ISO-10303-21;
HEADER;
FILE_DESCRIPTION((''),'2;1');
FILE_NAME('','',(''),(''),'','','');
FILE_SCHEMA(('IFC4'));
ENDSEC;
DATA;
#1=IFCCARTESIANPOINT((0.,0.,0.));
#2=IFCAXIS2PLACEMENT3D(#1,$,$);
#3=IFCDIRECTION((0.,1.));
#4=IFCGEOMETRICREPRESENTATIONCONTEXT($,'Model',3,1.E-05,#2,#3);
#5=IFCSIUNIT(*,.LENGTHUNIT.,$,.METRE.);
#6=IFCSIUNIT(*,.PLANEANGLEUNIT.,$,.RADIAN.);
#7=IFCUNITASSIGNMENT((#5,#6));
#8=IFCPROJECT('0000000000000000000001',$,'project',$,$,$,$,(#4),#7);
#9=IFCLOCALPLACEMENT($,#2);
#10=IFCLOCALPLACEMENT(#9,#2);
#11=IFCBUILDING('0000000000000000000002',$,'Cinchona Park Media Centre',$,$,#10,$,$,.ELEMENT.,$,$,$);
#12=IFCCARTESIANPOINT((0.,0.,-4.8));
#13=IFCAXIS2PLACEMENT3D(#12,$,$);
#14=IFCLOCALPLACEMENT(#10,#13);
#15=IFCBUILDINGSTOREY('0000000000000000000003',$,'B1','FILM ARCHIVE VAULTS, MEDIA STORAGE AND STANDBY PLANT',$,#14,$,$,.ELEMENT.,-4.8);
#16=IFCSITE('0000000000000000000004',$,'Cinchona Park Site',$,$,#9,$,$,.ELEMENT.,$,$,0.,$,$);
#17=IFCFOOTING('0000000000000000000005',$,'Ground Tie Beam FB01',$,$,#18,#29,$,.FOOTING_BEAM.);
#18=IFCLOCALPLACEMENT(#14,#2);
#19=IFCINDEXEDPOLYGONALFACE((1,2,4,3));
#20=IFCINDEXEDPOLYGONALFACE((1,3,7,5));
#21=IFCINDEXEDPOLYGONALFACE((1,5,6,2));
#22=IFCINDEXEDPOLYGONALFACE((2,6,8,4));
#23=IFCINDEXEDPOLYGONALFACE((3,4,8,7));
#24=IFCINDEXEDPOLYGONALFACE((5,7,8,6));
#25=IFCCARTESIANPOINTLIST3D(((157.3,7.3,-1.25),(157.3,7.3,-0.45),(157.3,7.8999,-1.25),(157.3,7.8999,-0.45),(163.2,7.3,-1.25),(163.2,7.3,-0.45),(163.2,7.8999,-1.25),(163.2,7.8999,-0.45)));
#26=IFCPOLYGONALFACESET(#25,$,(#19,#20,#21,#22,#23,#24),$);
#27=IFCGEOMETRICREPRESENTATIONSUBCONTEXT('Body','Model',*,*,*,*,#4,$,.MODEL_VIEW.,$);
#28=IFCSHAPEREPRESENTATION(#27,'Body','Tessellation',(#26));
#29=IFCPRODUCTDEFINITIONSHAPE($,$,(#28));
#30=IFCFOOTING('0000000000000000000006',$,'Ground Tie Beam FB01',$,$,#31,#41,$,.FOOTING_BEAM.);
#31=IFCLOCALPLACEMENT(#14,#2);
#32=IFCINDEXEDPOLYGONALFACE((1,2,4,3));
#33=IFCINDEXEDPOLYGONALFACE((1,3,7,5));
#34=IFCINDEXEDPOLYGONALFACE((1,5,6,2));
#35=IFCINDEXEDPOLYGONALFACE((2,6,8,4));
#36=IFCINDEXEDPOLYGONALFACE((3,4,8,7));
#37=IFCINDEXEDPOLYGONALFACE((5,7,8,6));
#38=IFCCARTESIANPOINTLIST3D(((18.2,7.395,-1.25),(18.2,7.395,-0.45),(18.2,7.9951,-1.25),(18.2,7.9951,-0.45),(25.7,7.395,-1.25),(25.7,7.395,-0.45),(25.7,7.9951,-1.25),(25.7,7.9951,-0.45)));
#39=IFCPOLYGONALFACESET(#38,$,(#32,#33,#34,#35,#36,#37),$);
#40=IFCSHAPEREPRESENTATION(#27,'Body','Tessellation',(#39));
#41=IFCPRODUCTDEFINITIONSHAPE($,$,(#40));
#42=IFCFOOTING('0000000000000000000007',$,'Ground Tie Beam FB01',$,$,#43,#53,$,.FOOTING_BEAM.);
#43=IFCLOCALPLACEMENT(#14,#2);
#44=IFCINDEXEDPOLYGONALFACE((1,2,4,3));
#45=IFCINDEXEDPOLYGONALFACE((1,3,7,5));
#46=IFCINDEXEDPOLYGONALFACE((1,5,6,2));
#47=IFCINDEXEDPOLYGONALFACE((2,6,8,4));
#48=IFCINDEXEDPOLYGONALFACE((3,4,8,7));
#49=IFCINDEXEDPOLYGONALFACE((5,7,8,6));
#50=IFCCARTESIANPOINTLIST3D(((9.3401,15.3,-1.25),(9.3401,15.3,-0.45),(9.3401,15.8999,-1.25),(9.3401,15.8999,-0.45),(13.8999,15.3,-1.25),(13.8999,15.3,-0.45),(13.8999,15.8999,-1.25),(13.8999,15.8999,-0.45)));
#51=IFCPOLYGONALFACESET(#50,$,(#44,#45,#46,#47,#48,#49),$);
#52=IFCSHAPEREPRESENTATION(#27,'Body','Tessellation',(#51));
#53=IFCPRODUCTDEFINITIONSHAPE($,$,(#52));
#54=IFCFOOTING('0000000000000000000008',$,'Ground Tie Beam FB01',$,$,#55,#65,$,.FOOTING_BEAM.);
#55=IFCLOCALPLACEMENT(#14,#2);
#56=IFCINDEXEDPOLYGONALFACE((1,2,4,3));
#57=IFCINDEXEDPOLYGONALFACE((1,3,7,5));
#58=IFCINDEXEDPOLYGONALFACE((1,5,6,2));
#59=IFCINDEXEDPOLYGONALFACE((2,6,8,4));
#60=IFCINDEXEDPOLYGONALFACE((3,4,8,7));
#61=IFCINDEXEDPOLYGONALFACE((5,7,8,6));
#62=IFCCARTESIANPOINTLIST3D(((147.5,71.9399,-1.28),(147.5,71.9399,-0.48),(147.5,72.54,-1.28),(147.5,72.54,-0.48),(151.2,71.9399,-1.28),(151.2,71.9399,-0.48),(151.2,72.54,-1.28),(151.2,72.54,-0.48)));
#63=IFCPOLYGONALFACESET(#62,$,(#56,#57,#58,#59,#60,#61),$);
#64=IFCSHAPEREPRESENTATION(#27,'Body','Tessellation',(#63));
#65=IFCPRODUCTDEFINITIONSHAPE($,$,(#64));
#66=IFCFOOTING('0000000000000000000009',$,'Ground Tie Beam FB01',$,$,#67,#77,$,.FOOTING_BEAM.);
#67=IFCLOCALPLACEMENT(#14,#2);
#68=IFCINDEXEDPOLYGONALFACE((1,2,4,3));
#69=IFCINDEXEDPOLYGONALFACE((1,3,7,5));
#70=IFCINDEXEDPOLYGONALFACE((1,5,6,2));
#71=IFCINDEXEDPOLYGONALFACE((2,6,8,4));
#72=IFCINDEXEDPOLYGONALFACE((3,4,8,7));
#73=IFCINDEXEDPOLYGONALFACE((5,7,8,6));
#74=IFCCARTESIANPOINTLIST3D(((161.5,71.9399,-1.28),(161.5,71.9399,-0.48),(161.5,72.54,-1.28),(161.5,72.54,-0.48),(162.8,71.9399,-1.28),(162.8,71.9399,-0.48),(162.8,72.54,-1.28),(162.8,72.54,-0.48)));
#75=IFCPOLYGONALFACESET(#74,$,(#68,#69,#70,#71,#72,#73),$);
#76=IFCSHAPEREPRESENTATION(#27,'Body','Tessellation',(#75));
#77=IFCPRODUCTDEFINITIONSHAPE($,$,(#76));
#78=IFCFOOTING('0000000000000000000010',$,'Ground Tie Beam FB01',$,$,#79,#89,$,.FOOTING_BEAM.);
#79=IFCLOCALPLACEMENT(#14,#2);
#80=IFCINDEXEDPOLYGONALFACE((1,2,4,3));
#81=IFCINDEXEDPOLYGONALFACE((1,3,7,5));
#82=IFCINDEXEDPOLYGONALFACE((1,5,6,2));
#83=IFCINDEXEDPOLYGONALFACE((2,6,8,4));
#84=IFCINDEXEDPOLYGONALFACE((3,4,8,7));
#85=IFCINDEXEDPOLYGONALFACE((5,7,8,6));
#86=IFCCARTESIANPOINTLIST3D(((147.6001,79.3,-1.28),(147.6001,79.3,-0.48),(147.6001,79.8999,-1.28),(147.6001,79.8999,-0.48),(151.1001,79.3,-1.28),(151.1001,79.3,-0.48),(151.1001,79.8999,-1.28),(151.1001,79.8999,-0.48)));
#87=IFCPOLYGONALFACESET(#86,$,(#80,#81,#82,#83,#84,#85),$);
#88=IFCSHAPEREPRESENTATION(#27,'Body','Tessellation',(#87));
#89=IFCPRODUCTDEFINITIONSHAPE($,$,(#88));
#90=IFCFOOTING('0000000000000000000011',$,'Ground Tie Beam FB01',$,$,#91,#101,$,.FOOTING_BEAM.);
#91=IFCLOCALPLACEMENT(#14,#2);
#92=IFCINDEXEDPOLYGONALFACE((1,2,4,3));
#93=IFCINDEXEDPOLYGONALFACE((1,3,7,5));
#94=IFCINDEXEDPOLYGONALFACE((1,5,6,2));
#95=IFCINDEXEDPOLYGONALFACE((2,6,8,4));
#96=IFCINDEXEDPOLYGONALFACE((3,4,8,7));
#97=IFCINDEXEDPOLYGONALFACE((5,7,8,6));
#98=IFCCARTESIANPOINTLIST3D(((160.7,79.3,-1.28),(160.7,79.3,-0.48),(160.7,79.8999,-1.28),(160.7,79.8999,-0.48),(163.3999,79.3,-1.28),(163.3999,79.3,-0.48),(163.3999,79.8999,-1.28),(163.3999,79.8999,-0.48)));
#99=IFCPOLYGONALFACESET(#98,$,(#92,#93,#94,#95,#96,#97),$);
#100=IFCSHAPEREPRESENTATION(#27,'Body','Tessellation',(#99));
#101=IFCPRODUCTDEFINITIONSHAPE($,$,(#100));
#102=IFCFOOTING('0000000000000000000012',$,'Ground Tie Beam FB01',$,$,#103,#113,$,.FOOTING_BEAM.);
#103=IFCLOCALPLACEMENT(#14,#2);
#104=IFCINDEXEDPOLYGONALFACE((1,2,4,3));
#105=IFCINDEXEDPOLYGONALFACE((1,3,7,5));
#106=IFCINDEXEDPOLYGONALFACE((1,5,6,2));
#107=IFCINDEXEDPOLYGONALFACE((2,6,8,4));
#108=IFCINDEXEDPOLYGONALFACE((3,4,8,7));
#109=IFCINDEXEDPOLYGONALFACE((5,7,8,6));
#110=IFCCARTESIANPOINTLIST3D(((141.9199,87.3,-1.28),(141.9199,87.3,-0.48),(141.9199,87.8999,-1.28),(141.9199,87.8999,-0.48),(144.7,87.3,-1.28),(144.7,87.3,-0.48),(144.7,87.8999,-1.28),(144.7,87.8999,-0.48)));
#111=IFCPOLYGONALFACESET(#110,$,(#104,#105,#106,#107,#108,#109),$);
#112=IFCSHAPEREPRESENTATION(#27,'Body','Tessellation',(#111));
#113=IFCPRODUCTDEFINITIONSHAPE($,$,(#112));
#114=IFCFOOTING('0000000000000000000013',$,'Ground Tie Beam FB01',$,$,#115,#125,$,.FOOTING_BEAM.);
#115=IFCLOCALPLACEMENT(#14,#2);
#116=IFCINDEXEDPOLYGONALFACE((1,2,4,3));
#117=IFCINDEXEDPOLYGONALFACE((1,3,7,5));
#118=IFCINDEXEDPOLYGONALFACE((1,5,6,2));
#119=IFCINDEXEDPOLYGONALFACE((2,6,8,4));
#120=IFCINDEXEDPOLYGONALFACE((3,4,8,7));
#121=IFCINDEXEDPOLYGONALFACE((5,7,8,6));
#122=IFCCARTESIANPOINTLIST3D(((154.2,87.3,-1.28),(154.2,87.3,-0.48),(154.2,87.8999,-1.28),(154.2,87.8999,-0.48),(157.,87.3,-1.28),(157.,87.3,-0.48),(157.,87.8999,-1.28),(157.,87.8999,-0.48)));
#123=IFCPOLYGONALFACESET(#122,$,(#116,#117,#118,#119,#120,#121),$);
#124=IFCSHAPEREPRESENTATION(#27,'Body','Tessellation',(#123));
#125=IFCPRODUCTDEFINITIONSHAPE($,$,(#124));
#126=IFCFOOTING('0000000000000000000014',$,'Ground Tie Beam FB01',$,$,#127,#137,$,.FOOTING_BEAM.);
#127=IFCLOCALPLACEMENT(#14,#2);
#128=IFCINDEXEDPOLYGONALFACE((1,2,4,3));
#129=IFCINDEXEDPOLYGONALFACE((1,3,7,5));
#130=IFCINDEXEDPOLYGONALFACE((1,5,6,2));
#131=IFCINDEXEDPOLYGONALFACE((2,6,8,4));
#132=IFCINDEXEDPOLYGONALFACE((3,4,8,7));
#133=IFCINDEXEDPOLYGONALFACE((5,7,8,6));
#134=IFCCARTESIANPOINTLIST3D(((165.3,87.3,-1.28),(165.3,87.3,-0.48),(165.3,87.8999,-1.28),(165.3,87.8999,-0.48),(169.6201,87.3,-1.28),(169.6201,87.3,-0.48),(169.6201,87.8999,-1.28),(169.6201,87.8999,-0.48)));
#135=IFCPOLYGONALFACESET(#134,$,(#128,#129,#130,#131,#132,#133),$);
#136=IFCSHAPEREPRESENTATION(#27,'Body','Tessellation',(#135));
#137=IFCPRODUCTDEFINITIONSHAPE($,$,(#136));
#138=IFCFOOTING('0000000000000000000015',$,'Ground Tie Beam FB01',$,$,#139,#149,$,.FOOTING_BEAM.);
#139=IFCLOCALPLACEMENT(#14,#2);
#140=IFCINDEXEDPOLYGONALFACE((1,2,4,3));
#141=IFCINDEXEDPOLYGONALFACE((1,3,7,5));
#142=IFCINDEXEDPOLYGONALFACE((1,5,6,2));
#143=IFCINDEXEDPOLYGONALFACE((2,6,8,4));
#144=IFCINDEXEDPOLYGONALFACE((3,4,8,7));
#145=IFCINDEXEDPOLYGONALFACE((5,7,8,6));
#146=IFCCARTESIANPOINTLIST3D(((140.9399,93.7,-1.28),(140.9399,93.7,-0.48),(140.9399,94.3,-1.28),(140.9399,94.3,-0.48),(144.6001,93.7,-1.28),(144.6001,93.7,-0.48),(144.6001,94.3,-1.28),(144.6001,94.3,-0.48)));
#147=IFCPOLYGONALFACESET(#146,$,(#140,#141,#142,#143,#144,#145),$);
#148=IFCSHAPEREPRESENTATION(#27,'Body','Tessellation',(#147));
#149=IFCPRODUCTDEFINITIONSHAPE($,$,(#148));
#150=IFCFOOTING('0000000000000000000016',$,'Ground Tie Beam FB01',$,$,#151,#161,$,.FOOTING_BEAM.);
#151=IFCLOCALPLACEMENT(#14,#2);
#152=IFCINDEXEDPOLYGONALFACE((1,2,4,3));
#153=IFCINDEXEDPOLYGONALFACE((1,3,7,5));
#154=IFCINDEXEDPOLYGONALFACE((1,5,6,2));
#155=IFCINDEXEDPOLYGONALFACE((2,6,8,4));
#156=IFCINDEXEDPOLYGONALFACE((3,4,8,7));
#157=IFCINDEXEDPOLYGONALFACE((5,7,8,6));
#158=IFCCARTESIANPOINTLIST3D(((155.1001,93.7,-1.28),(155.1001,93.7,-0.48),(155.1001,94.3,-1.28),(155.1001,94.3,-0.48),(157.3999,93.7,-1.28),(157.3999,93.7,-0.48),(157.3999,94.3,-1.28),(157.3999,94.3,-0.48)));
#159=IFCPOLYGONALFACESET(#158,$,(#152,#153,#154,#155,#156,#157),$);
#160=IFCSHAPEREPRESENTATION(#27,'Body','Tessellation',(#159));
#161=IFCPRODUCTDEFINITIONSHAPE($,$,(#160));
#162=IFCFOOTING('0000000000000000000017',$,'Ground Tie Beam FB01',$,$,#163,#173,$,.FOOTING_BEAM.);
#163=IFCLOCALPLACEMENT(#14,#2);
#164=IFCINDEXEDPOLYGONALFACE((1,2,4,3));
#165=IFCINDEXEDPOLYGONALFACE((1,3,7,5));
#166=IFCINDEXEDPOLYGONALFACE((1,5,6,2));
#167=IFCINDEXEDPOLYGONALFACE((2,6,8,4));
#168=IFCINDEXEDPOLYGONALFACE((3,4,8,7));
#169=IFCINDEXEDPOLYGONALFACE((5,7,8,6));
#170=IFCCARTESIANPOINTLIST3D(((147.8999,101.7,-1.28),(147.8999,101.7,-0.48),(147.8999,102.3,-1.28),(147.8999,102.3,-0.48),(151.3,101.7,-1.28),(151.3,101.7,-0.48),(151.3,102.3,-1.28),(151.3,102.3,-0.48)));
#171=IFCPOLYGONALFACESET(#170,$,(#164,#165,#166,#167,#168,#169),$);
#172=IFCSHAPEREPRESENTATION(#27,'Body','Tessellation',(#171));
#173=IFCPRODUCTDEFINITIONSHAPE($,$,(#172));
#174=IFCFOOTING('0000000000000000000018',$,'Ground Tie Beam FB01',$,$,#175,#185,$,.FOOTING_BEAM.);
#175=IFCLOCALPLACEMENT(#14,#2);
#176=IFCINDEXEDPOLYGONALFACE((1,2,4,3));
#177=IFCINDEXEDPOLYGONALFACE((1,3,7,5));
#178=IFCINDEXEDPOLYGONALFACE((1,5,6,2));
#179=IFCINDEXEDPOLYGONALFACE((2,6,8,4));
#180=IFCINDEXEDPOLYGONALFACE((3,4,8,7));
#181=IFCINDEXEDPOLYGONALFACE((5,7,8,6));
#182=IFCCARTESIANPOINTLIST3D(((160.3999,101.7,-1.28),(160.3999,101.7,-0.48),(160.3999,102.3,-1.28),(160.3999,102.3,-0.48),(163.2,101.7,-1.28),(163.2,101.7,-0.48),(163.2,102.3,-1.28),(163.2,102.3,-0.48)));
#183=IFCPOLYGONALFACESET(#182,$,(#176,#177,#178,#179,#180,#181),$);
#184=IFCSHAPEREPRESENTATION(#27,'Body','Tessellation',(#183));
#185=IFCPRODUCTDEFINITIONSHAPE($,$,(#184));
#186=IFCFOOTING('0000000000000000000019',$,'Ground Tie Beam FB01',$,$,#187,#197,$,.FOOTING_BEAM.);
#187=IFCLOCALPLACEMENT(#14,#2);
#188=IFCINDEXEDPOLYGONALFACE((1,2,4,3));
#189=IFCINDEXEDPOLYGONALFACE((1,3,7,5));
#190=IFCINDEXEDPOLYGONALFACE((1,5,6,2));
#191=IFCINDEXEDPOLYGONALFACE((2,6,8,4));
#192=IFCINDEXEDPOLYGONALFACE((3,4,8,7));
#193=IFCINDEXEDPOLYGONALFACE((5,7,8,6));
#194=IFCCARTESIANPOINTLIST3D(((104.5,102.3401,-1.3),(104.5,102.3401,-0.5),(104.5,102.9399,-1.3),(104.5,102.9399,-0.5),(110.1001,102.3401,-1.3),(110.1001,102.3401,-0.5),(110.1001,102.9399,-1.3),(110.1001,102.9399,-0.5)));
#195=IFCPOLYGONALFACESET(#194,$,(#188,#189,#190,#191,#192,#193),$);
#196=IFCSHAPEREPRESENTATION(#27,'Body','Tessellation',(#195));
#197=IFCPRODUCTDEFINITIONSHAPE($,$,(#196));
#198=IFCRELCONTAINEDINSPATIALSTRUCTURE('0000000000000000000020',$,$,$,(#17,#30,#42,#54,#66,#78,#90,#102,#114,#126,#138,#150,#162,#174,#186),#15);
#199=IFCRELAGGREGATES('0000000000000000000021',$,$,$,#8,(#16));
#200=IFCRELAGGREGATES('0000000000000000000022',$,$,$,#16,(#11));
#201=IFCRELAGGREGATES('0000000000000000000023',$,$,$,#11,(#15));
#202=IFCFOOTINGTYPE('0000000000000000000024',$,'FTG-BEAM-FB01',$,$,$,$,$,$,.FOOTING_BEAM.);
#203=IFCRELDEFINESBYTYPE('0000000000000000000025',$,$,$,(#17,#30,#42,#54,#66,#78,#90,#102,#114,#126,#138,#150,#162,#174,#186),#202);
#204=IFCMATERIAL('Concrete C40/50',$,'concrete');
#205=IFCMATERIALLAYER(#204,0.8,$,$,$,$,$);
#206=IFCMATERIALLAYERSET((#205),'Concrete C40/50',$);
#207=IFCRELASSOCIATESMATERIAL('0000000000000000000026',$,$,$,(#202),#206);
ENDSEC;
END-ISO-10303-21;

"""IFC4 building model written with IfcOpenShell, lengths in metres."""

from ifc_helpers import new_model, si_unit, direction, frame, origin, place, context, subcontext, project, spatial, polyline, outline, extrude, material, layer, layer_set, type_object, element, save


model = new_model("IFC4")

# Units and contexts
model_context = context("Model", 3, precision=1e-05, world=origin(), true_north=direction((0.0, 1.0)))
body_context = subcontext(model_context, "Body", "Model", "MODEL_VIEW")
ifc_project = project(units=[si_unit("LENGTHUNIT", "METRE"), si_unit("PLANEANGLEUNIT", "RADIAN")], contexts=[model_context])

# Site, building, storey
site_placement = place(None, origin())
site = spatial("IfcSite", under=ifc_project, at=site_placement, Name="Cinchona Park Site", CompositionType="ELEMENT", RefElevation=0.0)
building_placement = place(site_placement, origin())
building = spatial("IfcBuilding", under=site, at=building_placement, Name="Cinchona Park Media Centre", CompositionType="ELEMENT")
storey_placement = place(building_placement, frame((0.0, 0.0, -4.8)))
storey = spatial("IfcBuildingStorey", under=building, at=storey_placement, Name="B1", Description="FILM ARCHIVE VAULTS, MEDIA STORAGE AND STANDBY PLANT", CompositionType="ELEMENT", Elevation=-4.8)

# Footings
ifc_material = material(Name="Concrete C40/50", Category="concrete")
ifc_layer = layer(ifc_material, 0.8)
ifc_layer_set = layer_set([ifc_layer], Name="Concrete C40/50")
footing_type = type_object("IfcFootingType", Name="FTG-BEAM-FB01", PredefinedType="FOOTING_BEAM", material=ifc_layer_set)
footing_1_placement = place(storey_placement, frame((0.0, 0.0, -1.25)))
element("IfcFooting", 1, at=footing_1_placement, inside=storey, type_object=footing_type, Name="Ground Tie Beam FB01", PredefinedType="FOOTING_BEAM", context=body_context, shape_type="SweptSolid", body=[
    extrude(outline(polyline([(157.3, 7.3), (163.2, 7.3), (163.2, 7.8999), (157.3, 7.8999), (157.3, 7.3)])), origin(), (0.0, 0.0, 1.0), 0.8),
])
footing_2_placement = place(storey_placement, frame((0.0, 0.0, -1.25)))
element("IfcFooting", 2, at=footing_2_placement, inside=storey, type_object=footing_type, Name="Ground Tie Beam FB01", PredefinedType="FOOTING_BEAM", context=body_context, shape_type="SweptSolid", body=[
    extrude(outline(polyline([(18.2, 7.395), (25.7, 7.395), (25.7, 7.9951), (18.2, 7.9951), (18.2, 7.395)])), origin(), (0.0, 0.0, 1.0), 0.8),
])
footing_3_placement = place(storey_placement, frame((0.0, 0.0, -1.25)))
element("IfcFooting", 3, at=footing_3_placement, inside=storey, type_object=footing_type, Name="Ground Tie Beam FB01", PredefinedType="FOOTING_BEAM", context=body_context, shape_type="SweptSolid", body=[
    extrude(outline(polyline([(9.3401, 15.3), (13.8999, 15.3), (13.8999, 15.8999), (9.3401, 15.8999), (9.3401, 15.3)])), origin(), (0.0, 0.0, 1.0), 0.8),
])
footing_4_placement = place(storey_placement, frame((0.0, 0.0, -1.28)))
element("IfcFooting", 4, at=footing_4_placement, inside=storey, type_object=footing_type, Name="Ground Tie Beam FB01", PredefinedType="FOOTING_BEAM", context=body_context, shape_type="SweptSolid", body=[
    extrude(outline(polyline([(147.5, 71.9399), (151.2, 71.9399), (151.2, 72.54), (147.5, 72.54), (147.5, 71.9399)])), origin(), (0.0, 0.0, 1.0), 0.8),
])
footing_5_placement = place(storey_placement, frame((0.0, 0.0, -1.28)))
element("IfcFooting", 5, at=footing_5_placement, inside=storey, type_object=footing_type, Name="Ground Tie Beam FB01", PredefinedType="FOOTING_BEAM", context=body_context, shape_type="SweptSolid", body=[
    extrude(outline(polyline([(161.5, 71.9399), (162.8, 71.9399), (162.8, 72.54), (161.5, 72.54), (161.5, 71.9399)])), origin(), (0.0, 0.0, 1.0), 0.8),
])
footing_6_placement = place(storey_placement, frame((0.0, 0.0, -1.28)))
element("IfcFooting", 6, at=footing_6_placement, inside=storey, type_object=footing_type, Name="Ground Tie Beam FB01", PredefinedType="FOOTING_BEAM", context=body_context, shape_type="SweptSolid", body=[
    extrude(outline(polyline([(147.6001, 79.3), (151.1001, 79.3), (151.1001, 79.8999), (147.6001, 79.8999), (147.6001, 79.3)])), origin(), (0.0, 0.0, 1.0), 0.8),
])
footing_7_placement = place(storey_placement, frame((0.0, 0.0, -1.28)))
element("IfcFooting", 7, at=footing_7_placement, inside=storey, type_object=footing_type, Name="Ground Tie Beam FB01", PredefinedType="FOOTING_BEAM", context=body_context, shape_type="SweptSolid", body=[
    extrude(outline(polyline([(160.7, 79.3), (163.3999, 79.3), (163.3999, 79.8999), (160.7, 79.8999), (160.7, 79.3)])), origin(), (0.0, 0.0, 1.0), 0.8),
])
footing_8_placement = place(storey_placement, frame((0.0, 0.0, -1.28)))
element("IfcFooting", 8, at=footing_8_placement, inside=storey, type_object=footing_type, Name="Ground Tie Beam FB01", PredefinedType="FOOTING_BEAM", context=body_context, shape_type="SweptSolid", body=[
    extrude(outline(polyline([(141.9199, 87.3), (144.7, 87.3), (144.7, 87.8999), (141.9199, 87.8999), (141.9199, 87.3)])), origin(), (0.0, 0.0, 1.0), 0.8),
])
footing_9_placement = place(storey_placement, frame((0.0, 0.0, -1.28)))
element("IfcFooting", 9, at=footing_9_placement, inside=storey, type_object=footing_type, Name="Ground Tie Beam FB01", PredefinedType="FOOTING_BEAM", context=body_context, shape_type="SweptSolid", body=[
    extrude(outline(polyline([(154.2, 87.3), (157.0, 87.3), (157.0, 87.8999), (154.2, 87.8999), (154.2, 87.3)])), origin(), (0.0, 0.0, 1.0), 0.8),
])
footing_10_placement = place(storey_placement, frame((0.0, 0.0, -1.28)))
element("IfcFooting", 10, at=footing_10_placement, inside=storey, type_object=footing_type, Name="Ground Tie Beam FB01", PredefinedType="FOOTING_BEAM", context=body_context, shape_type="SweptSolid", body=[
    extrude(outline(polyline([(165.3, 87.3), (169.6201, 87.3), (169.6201, 87.8999), (165.3, 87.8999), (165.3, 87.3)])), origin(), (0.0, 0.0, 1.0), 0.8),
])
footing_11_placement = place(storey_placement, frame((0.0, 0.0, -1.28)))
element("IfcFooting", 11, at=footing_11_placement, inside=storey, type_object=footing_type, Name="Ground Tie Beam FB01", PredefinedType="FOOTING_BEAM", context=body_context, shape_type="SweptSolid", body=[
    extrude(outline(polyline([(140.9399, 93.7), (144.6001, 93.7), (144.6001, 94.3), (140.9399, 94.3), (140.9399, 93.7)])), origin(), (0.0, 0.0, 1.0), 0.8),
])
footing_12_placement = place(storey_placement, frame((0.0, 0.0, -1.28)))
element("IfcFooting", 12, at=footing_12_placement, inside=storey, type_object=footing_type, Name="Ground Tie Beam FB01", PredefinedType="FOOTING_BEAM", context=body_context, shape_type="SweptSolid", body=[
    extrude(outline(polyline([(155.1001, 93.7), (157.3999, 93.7), (157.3999, 94.3), (155.1001, 94.3), (155.1001, 93.7)])), origin(), (0.0, 0.0, 1.0), 0.8),
])
footing_13_placement = place(storey_placement, frame((0.0, 0.0, -1.28)))
element("IfcFooting", 13, at=footing_13_placement, inside=storey, type_object=footing_type, Name="Ground Tie Beam FB01", PredefinedType="FOOTING_BEAM", context=body_context, shape_type="SweptSolid", body=[
    extrude(outline(polyline([(147.8999, 101.7), (151.3, 101.7), (151.3, 102.3), (147.8999, 102.3), (147.8999, 101.7)])), origin(), (0.0, 0.0, 1.0), 0.8),
])
footing_14_placement = place(storey_placement, frame((0.0, 0.0, -1.28)))
element("IfcFooting", 14, at=footing_14_placement, inside=storey, type_object=footing_type, Name="Ground Tie Beam FB01", PredefinedType="FOOTING_BEAM", context=body_context, shape_type="SweptSolid", body=[
    extrude(outline(polyline([(160.3999, 101.7), (163.2, 101.7), (163.2, 102.3), (160.3999, 102.3), (160.3999, 101.7)])), origin(), (0.0, 0.0, 1.0), 0.8),
])
footing_15_placement = place(storey_placement, frame((0.0, 0.0, -1.3)))
element("IfcFooting", 15, at=footing_15_placement, inside=storey, type_object=footing_type, Name="Ground Tie Beam FB01", PredefinedType="FOOTING_BEAM", context=body_context, shape_type="SweptSolid", body=[
    extrude(outline(polyline([(104.5, 102.3401), (110.1001, 102.3401), (110.1001, 102.9399), (104.5, 102.9399), (104.5, 102.3401)])), origin(), (0.0, 0.0, 1.0), 0.8),
])

save(model, "model.ifc")
